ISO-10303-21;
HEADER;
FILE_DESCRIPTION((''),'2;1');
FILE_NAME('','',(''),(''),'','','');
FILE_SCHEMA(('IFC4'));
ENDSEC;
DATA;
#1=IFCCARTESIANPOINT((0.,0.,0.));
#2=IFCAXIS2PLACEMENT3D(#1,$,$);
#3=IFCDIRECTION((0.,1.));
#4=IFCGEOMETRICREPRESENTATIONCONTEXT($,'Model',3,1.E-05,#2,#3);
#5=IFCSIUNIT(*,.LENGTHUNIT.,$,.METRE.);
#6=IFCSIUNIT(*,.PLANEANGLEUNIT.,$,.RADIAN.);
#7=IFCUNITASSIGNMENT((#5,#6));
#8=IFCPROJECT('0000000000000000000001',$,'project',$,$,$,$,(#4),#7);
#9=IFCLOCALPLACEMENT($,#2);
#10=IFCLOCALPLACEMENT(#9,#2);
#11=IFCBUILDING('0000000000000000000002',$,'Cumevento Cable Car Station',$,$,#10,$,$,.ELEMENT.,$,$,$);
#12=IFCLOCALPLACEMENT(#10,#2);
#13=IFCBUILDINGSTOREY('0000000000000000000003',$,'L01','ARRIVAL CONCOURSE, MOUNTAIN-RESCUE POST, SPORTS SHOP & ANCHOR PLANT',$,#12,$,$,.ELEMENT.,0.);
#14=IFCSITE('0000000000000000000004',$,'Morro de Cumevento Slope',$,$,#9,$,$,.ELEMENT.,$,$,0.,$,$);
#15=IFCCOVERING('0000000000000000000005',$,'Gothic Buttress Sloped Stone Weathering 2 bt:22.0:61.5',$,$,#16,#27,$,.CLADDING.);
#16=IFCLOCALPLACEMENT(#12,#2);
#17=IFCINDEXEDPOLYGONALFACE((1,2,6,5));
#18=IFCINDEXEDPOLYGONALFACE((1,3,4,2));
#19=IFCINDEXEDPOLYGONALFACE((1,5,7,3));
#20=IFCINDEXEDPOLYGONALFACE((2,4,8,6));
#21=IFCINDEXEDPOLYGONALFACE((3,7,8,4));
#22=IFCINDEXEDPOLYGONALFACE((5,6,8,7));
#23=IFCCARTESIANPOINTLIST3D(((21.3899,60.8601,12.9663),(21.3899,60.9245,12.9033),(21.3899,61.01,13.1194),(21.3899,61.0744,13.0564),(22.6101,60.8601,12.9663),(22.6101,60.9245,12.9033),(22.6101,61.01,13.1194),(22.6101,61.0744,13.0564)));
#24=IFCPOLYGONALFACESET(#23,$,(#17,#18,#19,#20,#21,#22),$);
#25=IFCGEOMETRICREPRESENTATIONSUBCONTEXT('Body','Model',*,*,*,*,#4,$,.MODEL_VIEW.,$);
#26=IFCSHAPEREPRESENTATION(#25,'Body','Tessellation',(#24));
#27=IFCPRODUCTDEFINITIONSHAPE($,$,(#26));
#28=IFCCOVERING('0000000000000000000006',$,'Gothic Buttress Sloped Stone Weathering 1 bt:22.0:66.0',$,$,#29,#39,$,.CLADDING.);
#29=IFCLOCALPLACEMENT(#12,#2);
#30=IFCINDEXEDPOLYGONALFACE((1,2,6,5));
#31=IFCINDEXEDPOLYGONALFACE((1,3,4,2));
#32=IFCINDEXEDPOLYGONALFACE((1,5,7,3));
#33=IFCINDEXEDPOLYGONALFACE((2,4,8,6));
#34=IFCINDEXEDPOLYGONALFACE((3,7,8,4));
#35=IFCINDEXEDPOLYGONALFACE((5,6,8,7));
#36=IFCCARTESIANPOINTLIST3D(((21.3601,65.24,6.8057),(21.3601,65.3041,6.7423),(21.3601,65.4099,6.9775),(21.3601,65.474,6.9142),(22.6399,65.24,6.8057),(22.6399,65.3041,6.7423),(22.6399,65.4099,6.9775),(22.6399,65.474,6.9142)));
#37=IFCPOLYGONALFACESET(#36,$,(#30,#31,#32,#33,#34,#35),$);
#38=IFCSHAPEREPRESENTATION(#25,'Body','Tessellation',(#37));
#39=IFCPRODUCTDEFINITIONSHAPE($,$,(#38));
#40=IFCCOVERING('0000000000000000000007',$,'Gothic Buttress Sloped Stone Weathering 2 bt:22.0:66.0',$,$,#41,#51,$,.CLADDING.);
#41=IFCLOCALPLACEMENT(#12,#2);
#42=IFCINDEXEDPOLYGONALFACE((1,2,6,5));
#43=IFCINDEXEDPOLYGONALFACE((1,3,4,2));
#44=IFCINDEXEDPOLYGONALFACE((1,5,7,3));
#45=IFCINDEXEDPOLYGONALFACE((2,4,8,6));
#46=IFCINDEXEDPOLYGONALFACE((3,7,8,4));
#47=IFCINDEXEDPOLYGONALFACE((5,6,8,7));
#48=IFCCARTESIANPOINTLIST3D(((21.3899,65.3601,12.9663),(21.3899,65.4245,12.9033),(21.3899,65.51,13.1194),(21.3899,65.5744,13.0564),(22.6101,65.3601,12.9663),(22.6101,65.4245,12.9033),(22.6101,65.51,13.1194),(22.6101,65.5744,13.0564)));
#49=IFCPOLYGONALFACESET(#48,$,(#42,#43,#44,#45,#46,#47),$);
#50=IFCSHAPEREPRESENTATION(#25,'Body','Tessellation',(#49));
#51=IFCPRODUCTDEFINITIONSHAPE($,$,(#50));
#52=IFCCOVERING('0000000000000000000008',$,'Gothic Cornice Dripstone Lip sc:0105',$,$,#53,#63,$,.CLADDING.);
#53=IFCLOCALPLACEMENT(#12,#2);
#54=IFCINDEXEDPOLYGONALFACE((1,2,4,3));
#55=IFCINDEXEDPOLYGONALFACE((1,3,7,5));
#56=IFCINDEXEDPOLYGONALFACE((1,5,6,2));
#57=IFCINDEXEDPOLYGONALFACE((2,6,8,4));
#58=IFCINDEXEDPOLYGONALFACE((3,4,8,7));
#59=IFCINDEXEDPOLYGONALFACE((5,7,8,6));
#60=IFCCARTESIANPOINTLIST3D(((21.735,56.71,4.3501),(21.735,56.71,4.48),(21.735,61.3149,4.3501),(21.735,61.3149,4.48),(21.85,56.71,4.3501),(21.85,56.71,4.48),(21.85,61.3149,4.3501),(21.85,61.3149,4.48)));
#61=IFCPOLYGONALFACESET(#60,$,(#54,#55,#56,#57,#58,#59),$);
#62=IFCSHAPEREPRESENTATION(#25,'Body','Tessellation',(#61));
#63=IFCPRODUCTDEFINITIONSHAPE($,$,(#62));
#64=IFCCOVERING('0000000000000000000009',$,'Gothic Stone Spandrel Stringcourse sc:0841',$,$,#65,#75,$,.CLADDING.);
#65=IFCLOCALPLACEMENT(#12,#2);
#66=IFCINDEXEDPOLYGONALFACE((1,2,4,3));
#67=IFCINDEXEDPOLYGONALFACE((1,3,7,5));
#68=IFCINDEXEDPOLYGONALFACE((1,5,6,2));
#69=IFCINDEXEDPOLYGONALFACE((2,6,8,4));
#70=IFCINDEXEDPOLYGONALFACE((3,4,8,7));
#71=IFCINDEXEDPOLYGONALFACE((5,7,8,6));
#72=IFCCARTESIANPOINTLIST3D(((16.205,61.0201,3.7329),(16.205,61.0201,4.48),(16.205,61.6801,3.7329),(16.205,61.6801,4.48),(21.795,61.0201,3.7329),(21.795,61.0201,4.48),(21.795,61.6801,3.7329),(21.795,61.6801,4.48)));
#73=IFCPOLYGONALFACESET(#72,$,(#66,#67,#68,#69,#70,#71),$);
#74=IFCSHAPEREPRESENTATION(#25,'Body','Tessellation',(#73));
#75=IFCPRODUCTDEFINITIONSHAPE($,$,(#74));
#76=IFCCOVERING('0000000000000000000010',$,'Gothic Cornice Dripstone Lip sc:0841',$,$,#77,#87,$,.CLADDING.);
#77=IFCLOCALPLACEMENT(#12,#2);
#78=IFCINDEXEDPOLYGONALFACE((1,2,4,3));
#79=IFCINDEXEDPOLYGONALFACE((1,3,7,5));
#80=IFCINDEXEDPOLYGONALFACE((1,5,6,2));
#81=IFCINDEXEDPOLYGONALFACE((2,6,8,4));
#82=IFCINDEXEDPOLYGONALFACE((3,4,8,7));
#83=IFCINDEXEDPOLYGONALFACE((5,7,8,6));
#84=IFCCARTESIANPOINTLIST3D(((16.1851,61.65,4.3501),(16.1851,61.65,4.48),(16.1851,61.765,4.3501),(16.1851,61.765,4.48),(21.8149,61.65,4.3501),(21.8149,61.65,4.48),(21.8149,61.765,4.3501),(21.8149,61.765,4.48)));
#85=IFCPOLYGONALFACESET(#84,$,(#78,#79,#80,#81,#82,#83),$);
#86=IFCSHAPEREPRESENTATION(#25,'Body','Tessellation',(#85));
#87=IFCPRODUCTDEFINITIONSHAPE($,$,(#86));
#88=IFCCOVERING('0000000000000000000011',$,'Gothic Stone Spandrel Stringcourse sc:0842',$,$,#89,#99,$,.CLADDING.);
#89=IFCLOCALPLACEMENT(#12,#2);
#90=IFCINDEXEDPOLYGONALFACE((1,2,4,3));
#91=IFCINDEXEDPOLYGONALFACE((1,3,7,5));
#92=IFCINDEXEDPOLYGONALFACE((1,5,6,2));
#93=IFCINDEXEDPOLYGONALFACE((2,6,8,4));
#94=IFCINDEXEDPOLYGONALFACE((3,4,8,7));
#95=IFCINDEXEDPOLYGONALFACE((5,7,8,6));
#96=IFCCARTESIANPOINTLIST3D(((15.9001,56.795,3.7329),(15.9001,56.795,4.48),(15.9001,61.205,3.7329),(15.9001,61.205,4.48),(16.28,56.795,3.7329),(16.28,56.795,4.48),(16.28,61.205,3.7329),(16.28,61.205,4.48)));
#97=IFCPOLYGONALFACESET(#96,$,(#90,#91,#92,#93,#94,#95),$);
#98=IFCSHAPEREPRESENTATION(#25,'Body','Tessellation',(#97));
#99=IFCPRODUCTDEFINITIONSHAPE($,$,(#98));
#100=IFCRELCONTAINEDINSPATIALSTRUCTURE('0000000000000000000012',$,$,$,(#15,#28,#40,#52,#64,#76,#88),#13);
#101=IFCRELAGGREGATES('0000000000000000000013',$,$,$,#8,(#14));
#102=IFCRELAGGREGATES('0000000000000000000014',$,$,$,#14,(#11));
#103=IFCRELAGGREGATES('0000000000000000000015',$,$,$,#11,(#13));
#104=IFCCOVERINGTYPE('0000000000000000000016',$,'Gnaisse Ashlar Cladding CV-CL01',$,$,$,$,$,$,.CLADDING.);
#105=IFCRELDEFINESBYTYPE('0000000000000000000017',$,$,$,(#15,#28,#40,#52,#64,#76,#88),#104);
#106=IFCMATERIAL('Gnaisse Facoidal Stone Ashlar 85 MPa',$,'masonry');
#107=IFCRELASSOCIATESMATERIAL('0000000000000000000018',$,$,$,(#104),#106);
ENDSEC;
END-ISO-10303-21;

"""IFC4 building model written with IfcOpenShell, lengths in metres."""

from ifc_helpers import new_model, si_unit, direction, frame, origin, origin_2d, place, context, subcontext, project, spatial, polyline, rectangle, outline, extrude, material, type_object, element, save


model = new_model("IFC4")

# Units and contexts
model_context = context("Model", 3, precision=1e-05, world=origin(), true_north=direction((0.0, 1.0)))
body_context = subcontext(model_context, "Body", "Model", "MODEL_VIEW")
ifc_project = project(units=[si_unit("LENGTHUNIT", "METRE"), si_unit("PLANEANGLEUNIT", "RADIAN")], contexts=[model_context])

# Site, building, storey
site_placement = place(None, origin())
site = spatial("IfcSite", under=ifc_project, at=site_placement, Name="Morro de Cumevento Slope", CompositionType="ELEMENT", RefElevation=0.0)
building_placement = place(site_placement, origin())
building = spatial("IfcBuilding", under=site, at=building_placement, Name="Cumevento Cable Car Station", CompositionType="ELEMENT")
storey_placement = place(building_placement, origin())
storey = spatial("IfcBuildingStorey", under=building, at=storey_placement, Name="L01", Description="ARRIVAL CONCOURSE, MOUNTAIN-RESCUE POST, SPORTS SHOP & ANCHOR PLANT", CompositionType="ELEMENT", Elevation=0.0)

# Coverings
ifc_material_1 = material(Name="Gnaisse Facoidal Stone Ashlar 85 MPa", Category="masonry")
covering_type = type_object("IfcCoveringType", Name="Gnaisse Ashlar Cladding CV-CL01", PredefinedType="CLADDING", material=ifc_material_1)
covering_1_placement = place(storey_placement, frame((21.3899, 60.8601, 12.9663), z_axis=(0.0, -0.714475, 0.699661), x_axis=(1.0, 0.0, 0.0)))
element("IfcCovering", 1, at=covering_1_placement, inside=storey, type_object=covering_type, Name="Gothic Buttress Sloped Stone Weathering 2 bt:22.0:61.5", PredefinedType="CLADDING", context=body_context, shape_type="SweptSolid", body=[
    extrude(outline(polyline([(0.0, 0.0), (1.2202, 0.0), (1.2202, 0.2142), (0.0, 0.2142), (0.0, 0.0)])), origin(), (0.0, 0.0, -1.0), 0.0901),
])
covering_2_placement = place(storey_placement, frame((21.3601, 65.24, 6.8057), z_axis=(0.0, -0.711136, 0.703055), x_axis=(1.0, 0.0, 0.0)))
element("IfcCovering", 2, at=covering_2_placement, inside=storey, type_object=covering_type, Name="Gothic Buttress Sloped Stone Weathering 1 bt:22.0:66.0", PredefinedType="CLADDING", context=body_context, shape_type="SweptSolid", body=[
    extrude(outline(polyline([(0.0, 0.0), (1.2798, 0.0), (1.2798, 0.2417), (0.0, 0.2417), (0.0, 0.0)])), origin(), (0.0, 0.0, -1.0), 0.0901),
])
covering_3_placement = place(storey_placement, frame((21.3899, 65.3601, 12.9663), z_axis=(0.0, -0.714475, 0.699661), x_axis=(1.0, 0.0, 0.0)))
element("IfcCovering", 3, at=covering_3_placement, inside=storey, type_object=covering_type, Name="Gothic Buttress Sloped Stone Weathering 2 bt:22.0:66.0", PredefinedType="CLADDING", context=body_context, shape_type="SweptSolid", body=[
    extrude(outline(polyline([(0.0, 0.0), (1.2202, 0.0), (1.2202, 0.2142), (0.0, 0.2142), (0.0, 0.0)])), origin(), (0.0, 0.0, -1.0), 0.0901),
])
covering_4_placement = place(storey_placement, frame((21.7925, 59.0125, 4.3501), z_axis=(0.0, 0.0, 1.0), x_axis=(0.0, 1.0, 0.0)))
element("IfcCovering", 4, at=covering_4_placement, inside=storey, type_object=covering_type, Name="Gothic Cornice Dripstone Lip sc:0105", PredefinedType="CLADDING", context=body_context, shape_type="SweptSolid", body=[
    extrude(rectangle(XDim=4.605, YDim=0.115, at=origin_2d()), origin(), (0.0, 0.0, 1.0), 0.1299),
])
covering_5_placement = place(storey_placement, frame((19.0, 61.3501, 3.7329), z_axis=(0.0, 0.0, 1.0), x_axis=(1.0, 0.0, 0.0)))
element("IfcCovering", 5, at=covering_5_placement, inside=storey, type_object=covering_type, Name="Gothic Stone Spandrel Stringcourse sc:0841", PredefinedType="CLADDING", context=body_context, shape_type="SweptSolid", body=[
    extrude(rectangle(XDim=5.5901, YDim=0.6599, at=origin_2d()), origin(), (0.0, 0.0, 1.0), 0.7471),
])
covering_6_placement = place(storey_placement, frame((19.0, 61.7075, 4.3501), z_axis=(0.0, 0.0, 1.0), x_axis=(1.0, 0.0, 0.0)))
element("IfcCovering", 6, at=covering_6_placement, inside=storey, type_object=covering_type, Name="Gothic Cornice Dripstone Lip sc:0841", PredefinedType="CLADDING", context=body_context, shape_type="SweptSolid", body=[
    extrude(rectangle(XDim=5.6299, YDim=0.115, at=origin_2d()), origin(), (0.0, 0.0, 1.0), 0.1299),
])
covering_7_placement = place(storey_placement, frame((16.0901, 59.0, 3.7329), z_axis=(0.0, 0.0, 1.0), x_axis=(0.0, 1.0, 0.0)))
element("IfcCovering", 7, at=covering_7_placement, inside=storey, type_object=covering_type, Name="Gothic Stone Spandrel Stringcourse sc:0842", PredefinedType="CLADDING", context=body_context, shape_type="SweptSolid", body=[
    extrude(rectangle(XDim=4.4099, YDim=0.3799, at=origin_2d()), origin(), (0.0, 0.0, 1.0), 0.7471),
])

save(model, "model.ifc")
